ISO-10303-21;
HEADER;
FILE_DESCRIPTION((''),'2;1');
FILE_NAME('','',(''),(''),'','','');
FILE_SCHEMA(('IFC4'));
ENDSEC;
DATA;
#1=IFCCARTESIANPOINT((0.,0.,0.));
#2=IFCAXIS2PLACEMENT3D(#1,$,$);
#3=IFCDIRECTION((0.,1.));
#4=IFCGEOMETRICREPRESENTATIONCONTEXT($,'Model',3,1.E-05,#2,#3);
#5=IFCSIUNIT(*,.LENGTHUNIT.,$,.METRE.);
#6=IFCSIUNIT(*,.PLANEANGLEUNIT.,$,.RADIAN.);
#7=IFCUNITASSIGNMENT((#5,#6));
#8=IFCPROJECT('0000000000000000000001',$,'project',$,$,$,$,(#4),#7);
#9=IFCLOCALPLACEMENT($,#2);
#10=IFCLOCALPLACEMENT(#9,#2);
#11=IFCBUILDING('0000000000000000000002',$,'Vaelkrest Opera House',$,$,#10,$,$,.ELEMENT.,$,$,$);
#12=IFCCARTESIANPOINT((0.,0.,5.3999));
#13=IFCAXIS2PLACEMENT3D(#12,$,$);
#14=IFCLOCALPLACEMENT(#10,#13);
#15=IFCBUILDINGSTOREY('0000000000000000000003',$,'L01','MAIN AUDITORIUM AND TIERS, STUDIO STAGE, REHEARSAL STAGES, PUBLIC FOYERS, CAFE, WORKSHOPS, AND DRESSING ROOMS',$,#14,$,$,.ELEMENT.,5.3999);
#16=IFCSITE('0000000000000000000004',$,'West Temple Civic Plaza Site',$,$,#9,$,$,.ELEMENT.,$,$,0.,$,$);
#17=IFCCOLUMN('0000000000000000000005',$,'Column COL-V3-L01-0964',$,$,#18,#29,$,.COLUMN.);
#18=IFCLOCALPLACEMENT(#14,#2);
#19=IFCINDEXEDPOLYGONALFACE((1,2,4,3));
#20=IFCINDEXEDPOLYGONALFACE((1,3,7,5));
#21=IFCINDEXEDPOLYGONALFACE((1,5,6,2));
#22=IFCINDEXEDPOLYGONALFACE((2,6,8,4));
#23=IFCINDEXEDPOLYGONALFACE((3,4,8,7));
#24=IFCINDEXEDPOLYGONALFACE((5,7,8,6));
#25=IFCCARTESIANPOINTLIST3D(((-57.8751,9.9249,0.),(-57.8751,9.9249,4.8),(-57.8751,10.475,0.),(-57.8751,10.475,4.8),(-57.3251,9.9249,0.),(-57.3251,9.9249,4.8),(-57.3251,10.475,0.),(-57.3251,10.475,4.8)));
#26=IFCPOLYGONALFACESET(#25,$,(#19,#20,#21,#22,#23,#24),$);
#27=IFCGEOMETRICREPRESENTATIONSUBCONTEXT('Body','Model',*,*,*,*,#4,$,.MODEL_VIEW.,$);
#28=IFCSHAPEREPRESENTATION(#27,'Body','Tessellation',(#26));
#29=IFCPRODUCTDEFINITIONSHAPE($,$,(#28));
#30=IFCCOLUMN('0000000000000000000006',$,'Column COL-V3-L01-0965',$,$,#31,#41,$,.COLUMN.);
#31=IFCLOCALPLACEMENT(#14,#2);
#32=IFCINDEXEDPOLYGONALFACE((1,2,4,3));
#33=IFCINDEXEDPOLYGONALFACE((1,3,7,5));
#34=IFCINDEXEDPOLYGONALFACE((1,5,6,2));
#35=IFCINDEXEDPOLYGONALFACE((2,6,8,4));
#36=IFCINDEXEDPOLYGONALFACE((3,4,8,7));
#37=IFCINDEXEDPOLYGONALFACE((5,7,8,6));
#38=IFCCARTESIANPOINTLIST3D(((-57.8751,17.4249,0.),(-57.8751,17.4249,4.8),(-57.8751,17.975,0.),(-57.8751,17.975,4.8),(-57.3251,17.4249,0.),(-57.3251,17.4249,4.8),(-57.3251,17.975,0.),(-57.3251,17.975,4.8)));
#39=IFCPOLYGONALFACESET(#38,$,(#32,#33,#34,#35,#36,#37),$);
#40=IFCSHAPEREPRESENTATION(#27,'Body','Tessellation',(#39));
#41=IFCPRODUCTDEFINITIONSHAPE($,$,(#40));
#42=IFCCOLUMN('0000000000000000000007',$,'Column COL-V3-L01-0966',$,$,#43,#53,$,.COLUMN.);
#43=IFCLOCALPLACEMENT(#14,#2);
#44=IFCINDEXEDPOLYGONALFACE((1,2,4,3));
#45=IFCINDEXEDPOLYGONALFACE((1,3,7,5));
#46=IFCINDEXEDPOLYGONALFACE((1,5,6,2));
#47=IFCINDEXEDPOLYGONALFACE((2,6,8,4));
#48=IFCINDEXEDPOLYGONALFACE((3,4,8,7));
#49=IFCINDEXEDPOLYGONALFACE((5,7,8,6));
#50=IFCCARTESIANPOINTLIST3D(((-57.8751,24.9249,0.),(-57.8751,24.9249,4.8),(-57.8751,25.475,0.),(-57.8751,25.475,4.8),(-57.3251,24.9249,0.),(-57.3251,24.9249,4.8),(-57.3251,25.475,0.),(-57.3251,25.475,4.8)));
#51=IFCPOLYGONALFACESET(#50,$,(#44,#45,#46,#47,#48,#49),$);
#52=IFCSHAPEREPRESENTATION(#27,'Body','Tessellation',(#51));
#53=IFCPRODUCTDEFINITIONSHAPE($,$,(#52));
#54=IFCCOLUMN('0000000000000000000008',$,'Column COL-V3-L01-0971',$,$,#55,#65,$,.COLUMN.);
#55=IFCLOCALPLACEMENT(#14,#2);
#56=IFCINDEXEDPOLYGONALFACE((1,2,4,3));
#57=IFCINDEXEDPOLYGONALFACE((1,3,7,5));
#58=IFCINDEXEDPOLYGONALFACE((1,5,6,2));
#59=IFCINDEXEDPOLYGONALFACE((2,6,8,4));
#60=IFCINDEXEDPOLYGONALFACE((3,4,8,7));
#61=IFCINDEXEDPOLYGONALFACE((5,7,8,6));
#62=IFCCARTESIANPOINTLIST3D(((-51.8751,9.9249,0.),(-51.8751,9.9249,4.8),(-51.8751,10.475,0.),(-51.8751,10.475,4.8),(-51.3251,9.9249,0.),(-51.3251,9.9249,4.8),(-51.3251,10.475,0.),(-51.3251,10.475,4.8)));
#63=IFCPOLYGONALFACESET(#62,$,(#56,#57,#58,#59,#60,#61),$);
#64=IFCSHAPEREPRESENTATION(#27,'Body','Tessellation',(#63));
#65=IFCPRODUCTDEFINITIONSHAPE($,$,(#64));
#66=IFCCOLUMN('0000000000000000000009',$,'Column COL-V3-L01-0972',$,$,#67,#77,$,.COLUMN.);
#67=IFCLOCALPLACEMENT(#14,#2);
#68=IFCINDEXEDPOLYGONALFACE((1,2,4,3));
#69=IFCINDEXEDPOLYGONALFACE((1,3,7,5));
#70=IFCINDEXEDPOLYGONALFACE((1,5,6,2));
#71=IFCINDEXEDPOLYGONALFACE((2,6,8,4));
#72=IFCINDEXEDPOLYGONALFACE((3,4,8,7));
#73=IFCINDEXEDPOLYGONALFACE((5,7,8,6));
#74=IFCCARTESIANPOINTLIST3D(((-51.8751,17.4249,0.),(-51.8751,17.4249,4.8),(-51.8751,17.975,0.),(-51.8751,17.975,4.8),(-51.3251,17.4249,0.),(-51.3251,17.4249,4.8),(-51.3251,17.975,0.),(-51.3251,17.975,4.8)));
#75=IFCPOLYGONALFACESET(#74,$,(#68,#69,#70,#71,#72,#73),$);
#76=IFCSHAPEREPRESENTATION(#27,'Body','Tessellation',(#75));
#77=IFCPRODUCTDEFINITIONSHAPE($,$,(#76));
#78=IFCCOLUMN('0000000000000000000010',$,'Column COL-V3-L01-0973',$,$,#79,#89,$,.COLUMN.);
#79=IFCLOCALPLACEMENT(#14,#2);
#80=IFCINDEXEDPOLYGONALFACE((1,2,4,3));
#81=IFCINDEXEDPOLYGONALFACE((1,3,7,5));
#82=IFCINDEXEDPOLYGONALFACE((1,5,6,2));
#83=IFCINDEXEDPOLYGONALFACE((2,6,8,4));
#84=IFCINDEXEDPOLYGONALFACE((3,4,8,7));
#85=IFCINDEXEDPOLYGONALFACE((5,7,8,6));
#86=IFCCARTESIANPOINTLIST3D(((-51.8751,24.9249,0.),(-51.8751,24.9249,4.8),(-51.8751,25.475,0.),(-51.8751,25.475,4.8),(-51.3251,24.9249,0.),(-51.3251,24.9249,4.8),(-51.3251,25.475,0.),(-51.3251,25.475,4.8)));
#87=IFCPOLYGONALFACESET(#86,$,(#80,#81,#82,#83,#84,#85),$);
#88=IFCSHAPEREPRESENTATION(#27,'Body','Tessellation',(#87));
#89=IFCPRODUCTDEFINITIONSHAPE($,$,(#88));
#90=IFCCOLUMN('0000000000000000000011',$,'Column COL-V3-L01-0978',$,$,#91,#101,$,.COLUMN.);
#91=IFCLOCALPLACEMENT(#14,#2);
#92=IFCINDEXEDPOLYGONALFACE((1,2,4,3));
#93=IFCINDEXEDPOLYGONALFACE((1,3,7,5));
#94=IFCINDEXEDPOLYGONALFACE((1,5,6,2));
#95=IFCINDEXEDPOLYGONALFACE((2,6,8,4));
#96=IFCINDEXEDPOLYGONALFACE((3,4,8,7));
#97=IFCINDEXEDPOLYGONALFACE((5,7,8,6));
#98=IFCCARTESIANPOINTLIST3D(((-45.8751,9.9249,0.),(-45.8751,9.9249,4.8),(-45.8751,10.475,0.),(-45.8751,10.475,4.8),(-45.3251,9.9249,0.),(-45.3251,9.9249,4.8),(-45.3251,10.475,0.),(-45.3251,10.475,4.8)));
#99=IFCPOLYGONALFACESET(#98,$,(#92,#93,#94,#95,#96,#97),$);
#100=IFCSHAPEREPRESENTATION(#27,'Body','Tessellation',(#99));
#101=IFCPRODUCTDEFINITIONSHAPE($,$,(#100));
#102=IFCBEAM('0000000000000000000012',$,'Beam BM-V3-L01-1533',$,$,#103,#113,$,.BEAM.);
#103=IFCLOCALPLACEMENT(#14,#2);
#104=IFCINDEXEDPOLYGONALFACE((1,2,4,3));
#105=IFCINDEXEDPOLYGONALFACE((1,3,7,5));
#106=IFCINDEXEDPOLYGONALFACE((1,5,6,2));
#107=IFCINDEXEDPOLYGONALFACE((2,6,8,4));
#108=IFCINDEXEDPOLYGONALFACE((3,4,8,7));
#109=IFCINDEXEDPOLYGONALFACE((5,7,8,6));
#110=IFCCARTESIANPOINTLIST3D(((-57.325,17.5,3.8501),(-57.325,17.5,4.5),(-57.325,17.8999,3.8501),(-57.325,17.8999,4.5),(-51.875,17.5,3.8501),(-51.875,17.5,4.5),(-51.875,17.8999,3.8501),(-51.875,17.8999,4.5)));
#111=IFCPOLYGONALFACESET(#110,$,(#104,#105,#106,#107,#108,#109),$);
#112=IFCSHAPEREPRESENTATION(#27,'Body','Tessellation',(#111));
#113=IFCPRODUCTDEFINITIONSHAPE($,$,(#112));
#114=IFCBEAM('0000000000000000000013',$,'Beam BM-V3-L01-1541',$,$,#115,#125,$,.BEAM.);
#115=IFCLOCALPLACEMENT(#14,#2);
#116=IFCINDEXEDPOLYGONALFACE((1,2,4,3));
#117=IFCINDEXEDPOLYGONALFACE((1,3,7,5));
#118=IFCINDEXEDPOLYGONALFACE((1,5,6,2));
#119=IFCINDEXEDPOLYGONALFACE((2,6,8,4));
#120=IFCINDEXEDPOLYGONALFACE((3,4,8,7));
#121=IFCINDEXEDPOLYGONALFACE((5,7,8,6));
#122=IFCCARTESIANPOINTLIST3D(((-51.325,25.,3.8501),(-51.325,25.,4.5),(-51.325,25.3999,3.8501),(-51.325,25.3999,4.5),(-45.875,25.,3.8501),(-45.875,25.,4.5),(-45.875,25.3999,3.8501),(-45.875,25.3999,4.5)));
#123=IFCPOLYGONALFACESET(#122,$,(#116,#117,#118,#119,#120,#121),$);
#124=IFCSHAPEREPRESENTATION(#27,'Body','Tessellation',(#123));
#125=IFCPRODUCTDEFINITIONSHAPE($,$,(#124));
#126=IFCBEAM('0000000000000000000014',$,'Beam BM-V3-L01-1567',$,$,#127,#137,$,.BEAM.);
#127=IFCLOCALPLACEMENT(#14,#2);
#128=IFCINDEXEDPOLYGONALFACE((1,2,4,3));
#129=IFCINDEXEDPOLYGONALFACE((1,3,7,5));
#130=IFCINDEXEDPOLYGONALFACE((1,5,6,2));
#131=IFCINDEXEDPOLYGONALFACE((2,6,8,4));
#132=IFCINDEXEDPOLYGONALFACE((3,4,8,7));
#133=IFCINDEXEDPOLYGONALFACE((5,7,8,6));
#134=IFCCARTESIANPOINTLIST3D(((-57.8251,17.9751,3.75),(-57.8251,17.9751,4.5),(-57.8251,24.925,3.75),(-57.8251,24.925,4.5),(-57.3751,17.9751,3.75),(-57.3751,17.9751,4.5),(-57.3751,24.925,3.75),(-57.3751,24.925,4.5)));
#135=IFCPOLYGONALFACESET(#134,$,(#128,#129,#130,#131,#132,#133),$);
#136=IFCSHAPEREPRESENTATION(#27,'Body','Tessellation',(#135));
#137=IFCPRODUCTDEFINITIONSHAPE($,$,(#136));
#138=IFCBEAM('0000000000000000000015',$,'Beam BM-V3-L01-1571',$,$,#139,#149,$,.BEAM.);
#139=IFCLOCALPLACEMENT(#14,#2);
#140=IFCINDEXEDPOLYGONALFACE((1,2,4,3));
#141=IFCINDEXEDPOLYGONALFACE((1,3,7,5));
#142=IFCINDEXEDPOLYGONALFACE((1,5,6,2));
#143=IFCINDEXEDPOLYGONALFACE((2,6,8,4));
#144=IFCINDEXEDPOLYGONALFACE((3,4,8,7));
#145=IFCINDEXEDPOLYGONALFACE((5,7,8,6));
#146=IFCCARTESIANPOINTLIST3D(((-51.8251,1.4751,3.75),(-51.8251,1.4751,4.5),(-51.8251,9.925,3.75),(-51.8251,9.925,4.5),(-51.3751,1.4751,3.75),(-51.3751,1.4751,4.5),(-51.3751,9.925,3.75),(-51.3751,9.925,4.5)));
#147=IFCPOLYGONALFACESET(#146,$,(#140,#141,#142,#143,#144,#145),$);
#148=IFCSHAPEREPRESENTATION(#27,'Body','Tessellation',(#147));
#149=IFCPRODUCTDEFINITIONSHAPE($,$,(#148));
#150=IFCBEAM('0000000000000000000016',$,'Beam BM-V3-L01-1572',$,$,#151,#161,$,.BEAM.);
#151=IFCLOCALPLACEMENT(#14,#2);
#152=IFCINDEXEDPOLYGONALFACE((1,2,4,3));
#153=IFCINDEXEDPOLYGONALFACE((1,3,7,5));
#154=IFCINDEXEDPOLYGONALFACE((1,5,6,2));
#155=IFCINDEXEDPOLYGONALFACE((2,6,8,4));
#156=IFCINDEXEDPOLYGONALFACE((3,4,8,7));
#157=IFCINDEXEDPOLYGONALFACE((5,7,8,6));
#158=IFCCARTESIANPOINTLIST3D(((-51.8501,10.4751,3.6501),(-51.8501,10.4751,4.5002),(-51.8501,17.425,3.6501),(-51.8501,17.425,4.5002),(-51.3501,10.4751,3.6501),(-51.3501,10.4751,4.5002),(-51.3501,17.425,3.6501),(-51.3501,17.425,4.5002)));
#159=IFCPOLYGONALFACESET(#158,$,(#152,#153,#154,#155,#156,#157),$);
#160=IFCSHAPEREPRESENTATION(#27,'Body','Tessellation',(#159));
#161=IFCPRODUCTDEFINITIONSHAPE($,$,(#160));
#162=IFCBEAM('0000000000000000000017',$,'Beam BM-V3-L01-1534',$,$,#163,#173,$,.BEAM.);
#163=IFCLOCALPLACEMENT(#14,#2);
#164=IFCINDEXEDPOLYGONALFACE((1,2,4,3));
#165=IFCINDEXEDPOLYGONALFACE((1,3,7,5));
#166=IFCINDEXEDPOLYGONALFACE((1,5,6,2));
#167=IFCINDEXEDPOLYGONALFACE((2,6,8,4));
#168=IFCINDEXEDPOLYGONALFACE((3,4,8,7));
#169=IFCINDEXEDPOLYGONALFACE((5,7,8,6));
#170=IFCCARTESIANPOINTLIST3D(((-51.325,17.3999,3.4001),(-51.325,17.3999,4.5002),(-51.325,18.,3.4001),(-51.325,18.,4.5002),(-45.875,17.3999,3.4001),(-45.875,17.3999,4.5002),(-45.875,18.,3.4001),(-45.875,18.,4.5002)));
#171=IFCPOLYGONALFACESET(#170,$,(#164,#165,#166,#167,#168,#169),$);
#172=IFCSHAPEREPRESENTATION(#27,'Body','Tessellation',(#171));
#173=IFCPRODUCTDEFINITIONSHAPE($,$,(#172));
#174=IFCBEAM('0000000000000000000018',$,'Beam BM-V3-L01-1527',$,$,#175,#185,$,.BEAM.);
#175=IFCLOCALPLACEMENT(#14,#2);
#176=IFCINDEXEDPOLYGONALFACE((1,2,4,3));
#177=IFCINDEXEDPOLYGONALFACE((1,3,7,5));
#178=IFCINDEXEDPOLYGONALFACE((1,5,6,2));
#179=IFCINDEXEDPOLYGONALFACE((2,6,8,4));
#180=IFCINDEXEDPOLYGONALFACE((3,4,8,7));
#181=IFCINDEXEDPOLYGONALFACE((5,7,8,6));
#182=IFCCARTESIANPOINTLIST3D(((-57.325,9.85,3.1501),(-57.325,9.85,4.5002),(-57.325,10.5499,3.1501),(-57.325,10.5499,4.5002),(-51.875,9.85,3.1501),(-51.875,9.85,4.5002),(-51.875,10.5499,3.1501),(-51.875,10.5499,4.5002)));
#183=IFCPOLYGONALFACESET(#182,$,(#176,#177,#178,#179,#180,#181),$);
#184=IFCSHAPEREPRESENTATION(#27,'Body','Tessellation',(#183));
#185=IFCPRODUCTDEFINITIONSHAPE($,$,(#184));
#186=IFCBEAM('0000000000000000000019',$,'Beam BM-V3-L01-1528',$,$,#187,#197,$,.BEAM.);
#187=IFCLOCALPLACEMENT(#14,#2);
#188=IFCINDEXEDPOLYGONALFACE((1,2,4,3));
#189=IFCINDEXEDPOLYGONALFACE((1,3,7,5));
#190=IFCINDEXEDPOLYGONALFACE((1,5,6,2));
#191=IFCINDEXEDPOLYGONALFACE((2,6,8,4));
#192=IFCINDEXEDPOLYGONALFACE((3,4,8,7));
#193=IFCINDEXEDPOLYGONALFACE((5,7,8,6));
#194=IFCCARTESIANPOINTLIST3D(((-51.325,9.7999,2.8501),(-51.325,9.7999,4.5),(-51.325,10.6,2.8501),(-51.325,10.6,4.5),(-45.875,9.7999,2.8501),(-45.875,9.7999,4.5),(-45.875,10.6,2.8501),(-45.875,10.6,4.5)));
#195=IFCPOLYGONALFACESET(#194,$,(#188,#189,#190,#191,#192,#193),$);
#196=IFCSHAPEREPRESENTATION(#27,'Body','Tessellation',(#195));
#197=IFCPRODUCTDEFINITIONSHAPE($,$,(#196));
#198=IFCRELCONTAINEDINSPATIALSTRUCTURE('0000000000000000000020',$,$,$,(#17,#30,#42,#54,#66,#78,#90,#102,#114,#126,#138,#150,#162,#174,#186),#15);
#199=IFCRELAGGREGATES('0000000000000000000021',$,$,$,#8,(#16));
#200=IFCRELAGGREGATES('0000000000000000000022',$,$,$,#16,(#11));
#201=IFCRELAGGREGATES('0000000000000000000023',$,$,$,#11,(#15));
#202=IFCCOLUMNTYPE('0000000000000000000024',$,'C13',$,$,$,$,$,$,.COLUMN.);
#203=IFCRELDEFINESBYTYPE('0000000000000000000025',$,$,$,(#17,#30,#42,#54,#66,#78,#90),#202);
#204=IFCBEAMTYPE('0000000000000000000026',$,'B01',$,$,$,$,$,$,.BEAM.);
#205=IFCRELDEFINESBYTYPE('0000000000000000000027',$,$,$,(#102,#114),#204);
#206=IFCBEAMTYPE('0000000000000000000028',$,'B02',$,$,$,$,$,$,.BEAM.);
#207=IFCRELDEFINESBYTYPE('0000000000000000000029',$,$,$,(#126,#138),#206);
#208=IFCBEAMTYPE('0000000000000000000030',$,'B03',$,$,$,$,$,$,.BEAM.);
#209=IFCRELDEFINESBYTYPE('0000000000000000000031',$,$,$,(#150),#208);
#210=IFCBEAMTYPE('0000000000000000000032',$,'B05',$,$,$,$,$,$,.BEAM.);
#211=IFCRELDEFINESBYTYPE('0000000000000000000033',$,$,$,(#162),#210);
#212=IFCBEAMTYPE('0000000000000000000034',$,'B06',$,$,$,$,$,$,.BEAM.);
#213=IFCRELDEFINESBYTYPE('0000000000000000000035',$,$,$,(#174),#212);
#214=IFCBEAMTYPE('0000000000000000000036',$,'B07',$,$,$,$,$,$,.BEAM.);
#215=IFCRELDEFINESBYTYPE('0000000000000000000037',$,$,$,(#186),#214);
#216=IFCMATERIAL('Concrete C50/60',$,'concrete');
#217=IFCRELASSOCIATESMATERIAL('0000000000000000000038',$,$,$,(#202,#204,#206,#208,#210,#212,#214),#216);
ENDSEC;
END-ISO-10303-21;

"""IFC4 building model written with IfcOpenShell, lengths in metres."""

from ifc_helpers import new_model, si_unit, direction, frame, origin, origin_2d, place, context, subcontext, project, spatial, rectangle, extrude, material, material_profile, profile_set, type_object, element, save


model = new_model("IFC4")

# Units and contexts
model_context = context("Model", 3, precision=1e-05, world=origin(), true_north=direction((0.0, 1.0)))
body_context = subcontext(model_context, "Body", "Model", "MODEL_VIEW")
ifc_project = project(units=[si_unit("LENGTHUNIT", "METRE"), si_unit("PLANEANGLEUNIT", "RADIAN")], contexts=[model_context])

# Site, building, storey
site_placement = place(None, origin())
site = spatial("IfcSite", under=ifc_project, at=site_placement, Name="West Temple Civic Plaza Site", CompositionType="ELEMENT", RefElevation=0.0)
building_placement = place(site_placement, origin())
building = spatial("IfcBuilding", under=site, at=building_placement, Name="Vaelkrest Opera House", CompositionType="ELEMENT")
storey_placement = place(building_placement, frame((0.0, 0.0, 5.3999)))
storey = spatial("IfcBuildingStorey", under=building, at=storey_placement, Name="L01", Description="MAIN AUDITORIUM AND TIERS, STUDIO STAGE, REHEARSAL STAGES, PUBLIC FOYERS, CAFE, WORKSHOPS, AND DRESSING ROOMS", CompositionType="ELEMENT", Elevation=5.3999)

# Columns
ifc_material_1 = material(Name="Concrete C50/60", Category="concrete")
ifc_material_profile_1 = material_profile(ifc_material_1, rectangle(XDim=0.55, YDim=0.55, at=origin_2d()), Name="RC550X550")
ifc_profile_set_1 = profile_set([ifc_material_profile_1], Name="Concrete C50/60")
column_type = type_object("IfcColumnType", Name="C13", PredefinedType="COLUMN", material=ifc_profile_set_1)
for number, where, z_axis, x_axis, name in (
    (1, (-57.6001, 10.2, 0.0), (0.0, 0.0, 1.0), (1.0, 0.0, 0.0), "Column COL-V3-L01-0964"),
    (2, (-57.6001, 17.7, 0.0), (0.0, 0.0, 1.0), (1.0, 0.0, 0.0), "Column COL-V3-L01-0965"),
    (3, (-57.6001, 25.2, 0.0), (0.0, 0.0, 1.0), (1.0, 0.0, 0.0), "Column COL-V3-L01-0966"),
    (4, (-51.6001, 10.2, 0.0), (0.0, 0.0, 1.0), (1.0, 0.0, 0.0), "Column COL-V3-L01-0971"),
    (5, (-51.6001, 17.7, 0.0), (0.0, 0.0, 1.0), (1.0, 0.0, 0.0), "Column COL-V3-L01-0972"),
    (6, (-51.6001, 25.2, 0.0), (0.0, 0.0, 1.0), (1.0, 0.0, 0.0), "Column COL-V3-L01-0973"),
    (7, (-45.6001, 10.2, 0.0), (0.0, 0.0, 1.0), (1.0, 0.0, 0.0), "Column COL-V3-L01-0978"),
):
    element("IfcColumn", number, at=place(storey_placement, frame(where, z_axis=z_axis, x_axis=x_axis)), inside=storey, type_object=column_type, Name=name, PredefinedType="COLUMN", context=body_context, shape_type="SweptSolid", body=[
        extrude(rectangle(XDim=0.55, YDim=0.55, at=origin_2d()), origin(), (0.0, 0.0, 1.0), 4.8),
    ])

# Beams
ifc_material_profile_2 = material_profile(ifc_material_1, rectangle(XDim=0.3999, YDim=0.6499, at=origin_2d()), Name="RCB400X650")
ifc_profile_set_2 = profile_set([ifc_material_profile_2], Name="Concrete C50/60")
beam_type_1 = type_object("IfcBeamType", Name="B01", PredefinedType="BEAM", material=ifc_profile_set_2)
for number, where, z_axis, x_axis, name in (
    (8, (-57.325, 17.7, 4.175), (1.0, 0.0, 0.0), (0.0, 1.0, 0.0), "Beam BM-V3-L01-1533"),
    (9, (-51.325, 25.2, 4.175), (1.0, 0.0, 0.0), (0.0, 1.0, 0.0), "Beam BM-V3-L01-1541"),
):
    element("IfcBeam", number, at=place(storey_placement, frame(where, z_axis=z_axis, x_axis=x_axis)), inside=storey, type_object=beam_type_1, Name=name, PredefinedType="BEAM", context=body_context, shape_type="SweptSolid", body=[
        extrude(rectangle(XDim=0.3999, YDim=0.6499, at=origin_2d()), origin(), (0.0, 0.0, 1.0), 5.45),
    ])
ifc_material_profile_3 = material_profile(ifc_material_1, rectangle(XDim=0.45, YDim=0.75, at=origin_2d()), Name="RCB450X750")
ifc_profile_set_3 = profile_set([ifc_material_profile_3], Name="Concrete C50/60")
beam_type_2 = type_object("IfcBeamType", Name="B02", PredefinedType="BEAM", material=ifc_profile_set_3)
beam_1_placement = place(storey_placement, frame((-57.6001, 17.9751, 4.125), z_axis=(0.0, 1.0, 0.0), x_axis=(-1.0, 0.0, 0.0)))
element("IfcBeam", 10, at=beam_1_placement, inside=storey, type_object=beam_type_2, Name="Beam BM-V3-L01-1567", PredefinedType="BEAM", context=body_context, shape_type="SweptSolid", body=[
    extrude(rectangle(XDim=0.45, YDim=0.75, at=origin_2d()), origin(), (0.0, 0.0, 1.0), 6.95),
])
beam_2_placement = place(storey_placement, frame((-51.6001, 1.4751, 4.125), z_axis=(0.0, 1.0, 0.0), x_axis=(-1.0, 0.0, 0.0)))
element("IfcBeam", 11, at=beam_2_placement, inside=storey, type_object=beam_type_2, Name="Beam BM-V3-L01-1571", PredefinedType="BEAM", context=body_context, shape_type="SweptSolid", body=[
    extrude(rectangle(XDim=0.45, YDim=0.75, at=origin_2d()), origin(), (0.0, 0.0, 1.0), 8.45),
])
ifc_material_profile_4 = material_profile(ifc_material_1, rectangle(XDim=0.5, YDim=0.8501, at=origin_2d()), Name="RCB500X850")
ifc_profile_set_4 = profile_set([ifc_material_profile_4], Name="Concrete C50/60")
beam_type_3 = type_object("IfcBeamType", Name="B03", PredefinedType="BEAM", material=ifc_profile_set_4)
beam_3_placement = place(storey_placement, frame((-51.6001, 10.4751, 4.0752), z_axis=(0.0, 1.0, 0.0), x_axis=(-1.0, 0.0, 0.0)))
element("IfcBeam", 12, at=beam_3_placement, inside=storey, type_object=beam_type_3, Name="Beam BM-V3-L01-1572", PredefinedType="BEAM", context=body_context, shape_type="SweptSolid", body=[
    extrude(rectangle(XDim=0.5, YDim=0.8501, at=origin_2d()), origin(), (0.0, 0.0, 1.0), 6.95),
])
ifc_material_profile_5 = material_profile(ifc_material_1, rectangle(XDim=0.6001, YDim=1.1001, at=origin_2d()), Name="RCB600X1100")
ifc_profile_set_5 = profile_set([ifc_material_profile_5], Name="Concrete C50/60")
beam_type_4 = type_object("IfcBeamType", Name="B05", PredefinedType="BEAM", material=ifc_profile_set_5)
beam_4_placement = place(storey_placement, frame((-51.325, 17.7, 3.9502), z_axis=(1.0, 0.0, 0.0), x_axis=(0.0, 1.0, 0.0)))
element("IfcBeam", 13, at=beam_4_placement, inside=storey, type_object=beam_type_4, Name="Beam BM-V3-L01-1534", PredefinedType="BEAM", context=body_context, shape_type="SweptSolid", body=[
    extrude(rectangle(XDim=0.6001, YDim=1.1001, at=origin_2d()), origin(), (0.0, 0.0, 1.0), 5.45),
])
ifc_material_profile_6 = material_profile(ifc_material_1, rectangle(XDim=0.7, YDim=1.3501, at=origin_2d()), Name="RCB700X1350")
ifc_profile_set_6 = profile_set([ifc_material_profile_6], Name="Concrete C50/60")
beam_type_5 = type_object("IfcBeamType", Name="B06", PredefinedType="BEAM", material=ifc_profile_set_6)
beam_5_placement = place(storey_placement, frame((-57.325, 10.2, 3.8252), z_axis=(1.0, 0.0, 0.0), x_axis=(0.0, 1.0, 0.0)))
element("IfcBeam", 14, at=beam_5_placement, inside=storey, type_object=beam_type_5, Name="Beam BM-V3-L01-1527", PredefinedType="BEAM", context=body_context, shape_type="SweptSolid", body=[
    extrude(rectangle(XDim=0.7, YDim=1.3501, at=origin_2d()), origin(), (0.0, 0.0, 1.0), 5.45),
])
ifc_material_profile_7 = material_profile(ifc_material_1, rectangle(XDim=0.8, YDim=1.6499, at=origin_2d()), Name="RCB800X1650")
ifc_profile_set_7 = profile_set([ifc_material_profile_7], Name="Concrete C50/60")
beam_type_6 = type_object("IfcBeamType", Name="B07", PredefinedType="BEAM", material=ifc_profile_set_7)
beam_6_placement = place(storey_placement, frame((-51.325, 10.2, 3.675), z_axis=(1.0, 0.0, 0.0), x_axis=(0.0, 1.0, 0.0)))
element("IfcBeam", 15, at=beam_6_placement, inside=storey, type_object=beam_type_6, Name="Beam BM-V3-L01-1528", PredefinedType="BEAM", context=body_context, shape_type="SweptSolid", body=[
    extrude(rectangle(XDim=0.8, YDim=1.6499, at=origin_2d()), origin(), (0.0, 0.0, 1.0), 5.45),
])

save(model, "model.ifc")
